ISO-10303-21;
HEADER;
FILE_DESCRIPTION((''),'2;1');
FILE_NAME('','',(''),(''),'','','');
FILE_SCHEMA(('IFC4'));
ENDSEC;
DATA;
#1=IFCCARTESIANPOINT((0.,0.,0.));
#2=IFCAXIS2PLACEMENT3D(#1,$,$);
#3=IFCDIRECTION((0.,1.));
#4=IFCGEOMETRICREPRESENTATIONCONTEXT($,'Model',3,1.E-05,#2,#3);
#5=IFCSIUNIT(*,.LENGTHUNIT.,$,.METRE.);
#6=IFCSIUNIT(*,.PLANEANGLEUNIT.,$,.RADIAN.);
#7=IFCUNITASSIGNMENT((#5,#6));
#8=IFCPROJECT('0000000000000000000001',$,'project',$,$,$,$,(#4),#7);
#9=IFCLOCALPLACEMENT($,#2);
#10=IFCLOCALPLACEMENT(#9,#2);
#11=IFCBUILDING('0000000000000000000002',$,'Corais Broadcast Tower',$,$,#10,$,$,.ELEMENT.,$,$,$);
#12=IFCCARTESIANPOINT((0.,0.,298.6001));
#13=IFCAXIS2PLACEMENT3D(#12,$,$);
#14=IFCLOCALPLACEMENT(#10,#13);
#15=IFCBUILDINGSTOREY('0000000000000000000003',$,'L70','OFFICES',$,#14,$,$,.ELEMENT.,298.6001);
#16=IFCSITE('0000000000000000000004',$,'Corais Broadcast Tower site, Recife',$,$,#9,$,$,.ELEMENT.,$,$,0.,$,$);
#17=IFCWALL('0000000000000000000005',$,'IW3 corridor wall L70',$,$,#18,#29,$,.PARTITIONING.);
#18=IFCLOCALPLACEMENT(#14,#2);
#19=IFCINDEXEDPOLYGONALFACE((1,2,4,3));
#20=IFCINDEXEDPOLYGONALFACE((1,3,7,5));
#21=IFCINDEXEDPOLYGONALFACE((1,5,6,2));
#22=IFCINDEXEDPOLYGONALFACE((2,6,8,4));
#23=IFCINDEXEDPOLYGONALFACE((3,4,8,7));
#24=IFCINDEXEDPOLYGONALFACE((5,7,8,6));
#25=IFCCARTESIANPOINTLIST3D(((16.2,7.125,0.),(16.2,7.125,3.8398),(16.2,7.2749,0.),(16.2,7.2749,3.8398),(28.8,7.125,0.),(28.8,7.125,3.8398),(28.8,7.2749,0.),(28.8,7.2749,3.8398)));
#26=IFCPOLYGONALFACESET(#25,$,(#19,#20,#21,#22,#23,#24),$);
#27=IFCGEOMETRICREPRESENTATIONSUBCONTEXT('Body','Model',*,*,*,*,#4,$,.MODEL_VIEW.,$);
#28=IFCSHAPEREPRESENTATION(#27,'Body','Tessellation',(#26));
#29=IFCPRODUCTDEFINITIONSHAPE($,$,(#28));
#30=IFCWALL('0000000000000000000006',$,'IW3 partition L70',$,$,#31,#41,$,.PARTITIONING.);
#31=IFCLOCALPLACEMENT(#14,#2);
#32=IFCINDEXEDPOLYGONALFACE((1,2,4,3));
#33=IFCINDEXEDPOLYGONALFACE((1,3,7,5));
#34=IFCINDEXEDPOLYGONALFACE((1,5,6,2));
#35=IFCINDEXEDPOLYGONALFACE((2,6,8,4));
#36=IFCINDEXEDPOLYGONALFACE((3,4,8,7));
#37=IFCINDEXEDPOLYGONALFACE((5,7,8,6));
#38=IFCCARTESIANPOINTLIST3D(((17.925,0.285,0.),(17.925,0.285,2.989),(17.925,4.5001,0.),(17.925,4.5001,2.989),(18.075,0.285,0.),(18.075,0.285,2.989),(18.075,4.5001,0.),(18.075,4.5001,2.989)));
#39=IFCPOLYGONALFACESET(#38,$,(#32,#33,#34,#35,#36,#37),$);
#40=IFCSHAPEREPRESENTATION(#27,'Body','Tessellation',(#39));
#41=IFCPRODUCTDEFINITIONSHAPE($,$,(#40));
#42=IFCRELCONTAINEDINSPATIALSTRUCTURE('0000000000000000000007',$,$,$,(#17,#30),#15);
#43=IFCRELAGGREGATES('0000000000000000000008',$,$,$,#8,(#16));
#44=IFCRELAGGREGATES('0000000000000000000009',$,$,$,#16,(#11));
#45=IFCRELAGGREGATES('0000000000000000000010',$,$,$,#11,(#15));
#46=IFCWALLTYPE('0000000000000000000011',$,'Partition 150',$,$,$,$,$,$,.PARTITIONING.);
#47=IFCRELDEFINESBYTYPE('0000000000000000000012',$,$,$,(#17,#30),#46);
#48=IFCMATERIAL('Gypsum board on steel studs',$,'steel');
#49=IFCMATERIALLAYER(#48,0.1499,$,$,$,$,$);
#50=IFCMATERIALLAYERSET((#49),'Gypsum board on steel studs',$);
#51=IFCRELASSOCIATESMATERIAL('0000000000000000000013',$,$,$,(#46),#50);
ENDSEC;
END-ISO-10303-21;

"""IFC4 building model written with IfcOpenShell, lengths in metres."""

from ifc_helpers import new_model, si_unit, direction, frame, frame_2d, origin, place, context, subcontext, project, spatial, rectangle, extrude, material, layer, layer_set, type_object, element, save


model = new_model("IFC4")

# Units and contexts
model_context = context("Model", 3, precision=1e-05, world=origin(), true_north=direction((0.0, 1.0)))
body_context = subcontext(model_context, "Body", "Model", "MODEL_VIEW")
ifc_project = project(units=[si_unit("LENGTHUNIT", "METRE"), si_unit("PLANEANGLEUNIT", "RADIAN")], contexts=[model_context])

# Site, building, storey
site_placement = place(None, origin())
site = spatial("IfcSite", under=ifc_project, at=site_placement, Name="Corais Broadcast Tower site, Recife", CompositionType="ELEMENT", RefElevation=0.0)
building_placement = place(site_placement, origin())
building = spatial("IfcBuilding", under=site, at=building_placement, Name="Corais Broadcast Tower", CompositionType="ELEMENT")
storey_placement = place(building_placement, frame((0.0, 0.0, 298.6001)))
storey = spatial("IfcBuildingStorey", under=building, at=storey_placement, Name="L70", Description="OFFICES", CompositionType="ELEMENT", Elevation=298.6001)

# Walls
ifc_material_1 = material(Name="Gypsum board on steel studs", Category="steel")
ifc_layer_1 = layer(ifc_material_1, 0.1499)
ifc_layer_set_1 = layer_set([ifc_layer_1], Name="Gypsum board on steel studs")
wall_type = type_object("IfcWallType", Name="Partition 150", PredefinedType="PARTITIONING", material=ifc_layer_set_1)
wall_1_placement = place(storey_placement, frame((16.2, 7.2, 0.0), z_axis=(0.0, 0.0, 1.0), x_axis=(1.0, 0.0, 0.0)))
element("IfcWall", 1, at=wall_1_placement, inside=storey, type_object=wall_type, Name="IW3 corridor wall L70", PredefinedType="PARTITIONING", context=body_context, shape_type="SweptSolid", body=[
    extrude(rectangle(XDim=12.6001, YDim=0.1499, at=frame_2d((6.3, 0.0))), origin(), (0.0, 0.0, 1.0), 3.8398),
])
wall_2_placement = place(storey_placement, frame((18.0, 4.5, 0.0), z_axis=(0.0, 0.0, 1.0), x_axis=(0.0, -1.0, 0.0)))
element("IfcWall", 2, at=wall_2_placement, inside=storey, type_object=wall_type, Name="IW3 partition L70", PredefinedType="PARTITIONING", context=body_context, shape_type="SweptSolid", body=[
    extrude(rectangle(XDim=4.2151, YDim=0.1499, at=frame_2d((2.1074, 0.0))), origin(), (0.0, 0.0, 1.0), 2.989),
])

save(model, "model.ifc")
